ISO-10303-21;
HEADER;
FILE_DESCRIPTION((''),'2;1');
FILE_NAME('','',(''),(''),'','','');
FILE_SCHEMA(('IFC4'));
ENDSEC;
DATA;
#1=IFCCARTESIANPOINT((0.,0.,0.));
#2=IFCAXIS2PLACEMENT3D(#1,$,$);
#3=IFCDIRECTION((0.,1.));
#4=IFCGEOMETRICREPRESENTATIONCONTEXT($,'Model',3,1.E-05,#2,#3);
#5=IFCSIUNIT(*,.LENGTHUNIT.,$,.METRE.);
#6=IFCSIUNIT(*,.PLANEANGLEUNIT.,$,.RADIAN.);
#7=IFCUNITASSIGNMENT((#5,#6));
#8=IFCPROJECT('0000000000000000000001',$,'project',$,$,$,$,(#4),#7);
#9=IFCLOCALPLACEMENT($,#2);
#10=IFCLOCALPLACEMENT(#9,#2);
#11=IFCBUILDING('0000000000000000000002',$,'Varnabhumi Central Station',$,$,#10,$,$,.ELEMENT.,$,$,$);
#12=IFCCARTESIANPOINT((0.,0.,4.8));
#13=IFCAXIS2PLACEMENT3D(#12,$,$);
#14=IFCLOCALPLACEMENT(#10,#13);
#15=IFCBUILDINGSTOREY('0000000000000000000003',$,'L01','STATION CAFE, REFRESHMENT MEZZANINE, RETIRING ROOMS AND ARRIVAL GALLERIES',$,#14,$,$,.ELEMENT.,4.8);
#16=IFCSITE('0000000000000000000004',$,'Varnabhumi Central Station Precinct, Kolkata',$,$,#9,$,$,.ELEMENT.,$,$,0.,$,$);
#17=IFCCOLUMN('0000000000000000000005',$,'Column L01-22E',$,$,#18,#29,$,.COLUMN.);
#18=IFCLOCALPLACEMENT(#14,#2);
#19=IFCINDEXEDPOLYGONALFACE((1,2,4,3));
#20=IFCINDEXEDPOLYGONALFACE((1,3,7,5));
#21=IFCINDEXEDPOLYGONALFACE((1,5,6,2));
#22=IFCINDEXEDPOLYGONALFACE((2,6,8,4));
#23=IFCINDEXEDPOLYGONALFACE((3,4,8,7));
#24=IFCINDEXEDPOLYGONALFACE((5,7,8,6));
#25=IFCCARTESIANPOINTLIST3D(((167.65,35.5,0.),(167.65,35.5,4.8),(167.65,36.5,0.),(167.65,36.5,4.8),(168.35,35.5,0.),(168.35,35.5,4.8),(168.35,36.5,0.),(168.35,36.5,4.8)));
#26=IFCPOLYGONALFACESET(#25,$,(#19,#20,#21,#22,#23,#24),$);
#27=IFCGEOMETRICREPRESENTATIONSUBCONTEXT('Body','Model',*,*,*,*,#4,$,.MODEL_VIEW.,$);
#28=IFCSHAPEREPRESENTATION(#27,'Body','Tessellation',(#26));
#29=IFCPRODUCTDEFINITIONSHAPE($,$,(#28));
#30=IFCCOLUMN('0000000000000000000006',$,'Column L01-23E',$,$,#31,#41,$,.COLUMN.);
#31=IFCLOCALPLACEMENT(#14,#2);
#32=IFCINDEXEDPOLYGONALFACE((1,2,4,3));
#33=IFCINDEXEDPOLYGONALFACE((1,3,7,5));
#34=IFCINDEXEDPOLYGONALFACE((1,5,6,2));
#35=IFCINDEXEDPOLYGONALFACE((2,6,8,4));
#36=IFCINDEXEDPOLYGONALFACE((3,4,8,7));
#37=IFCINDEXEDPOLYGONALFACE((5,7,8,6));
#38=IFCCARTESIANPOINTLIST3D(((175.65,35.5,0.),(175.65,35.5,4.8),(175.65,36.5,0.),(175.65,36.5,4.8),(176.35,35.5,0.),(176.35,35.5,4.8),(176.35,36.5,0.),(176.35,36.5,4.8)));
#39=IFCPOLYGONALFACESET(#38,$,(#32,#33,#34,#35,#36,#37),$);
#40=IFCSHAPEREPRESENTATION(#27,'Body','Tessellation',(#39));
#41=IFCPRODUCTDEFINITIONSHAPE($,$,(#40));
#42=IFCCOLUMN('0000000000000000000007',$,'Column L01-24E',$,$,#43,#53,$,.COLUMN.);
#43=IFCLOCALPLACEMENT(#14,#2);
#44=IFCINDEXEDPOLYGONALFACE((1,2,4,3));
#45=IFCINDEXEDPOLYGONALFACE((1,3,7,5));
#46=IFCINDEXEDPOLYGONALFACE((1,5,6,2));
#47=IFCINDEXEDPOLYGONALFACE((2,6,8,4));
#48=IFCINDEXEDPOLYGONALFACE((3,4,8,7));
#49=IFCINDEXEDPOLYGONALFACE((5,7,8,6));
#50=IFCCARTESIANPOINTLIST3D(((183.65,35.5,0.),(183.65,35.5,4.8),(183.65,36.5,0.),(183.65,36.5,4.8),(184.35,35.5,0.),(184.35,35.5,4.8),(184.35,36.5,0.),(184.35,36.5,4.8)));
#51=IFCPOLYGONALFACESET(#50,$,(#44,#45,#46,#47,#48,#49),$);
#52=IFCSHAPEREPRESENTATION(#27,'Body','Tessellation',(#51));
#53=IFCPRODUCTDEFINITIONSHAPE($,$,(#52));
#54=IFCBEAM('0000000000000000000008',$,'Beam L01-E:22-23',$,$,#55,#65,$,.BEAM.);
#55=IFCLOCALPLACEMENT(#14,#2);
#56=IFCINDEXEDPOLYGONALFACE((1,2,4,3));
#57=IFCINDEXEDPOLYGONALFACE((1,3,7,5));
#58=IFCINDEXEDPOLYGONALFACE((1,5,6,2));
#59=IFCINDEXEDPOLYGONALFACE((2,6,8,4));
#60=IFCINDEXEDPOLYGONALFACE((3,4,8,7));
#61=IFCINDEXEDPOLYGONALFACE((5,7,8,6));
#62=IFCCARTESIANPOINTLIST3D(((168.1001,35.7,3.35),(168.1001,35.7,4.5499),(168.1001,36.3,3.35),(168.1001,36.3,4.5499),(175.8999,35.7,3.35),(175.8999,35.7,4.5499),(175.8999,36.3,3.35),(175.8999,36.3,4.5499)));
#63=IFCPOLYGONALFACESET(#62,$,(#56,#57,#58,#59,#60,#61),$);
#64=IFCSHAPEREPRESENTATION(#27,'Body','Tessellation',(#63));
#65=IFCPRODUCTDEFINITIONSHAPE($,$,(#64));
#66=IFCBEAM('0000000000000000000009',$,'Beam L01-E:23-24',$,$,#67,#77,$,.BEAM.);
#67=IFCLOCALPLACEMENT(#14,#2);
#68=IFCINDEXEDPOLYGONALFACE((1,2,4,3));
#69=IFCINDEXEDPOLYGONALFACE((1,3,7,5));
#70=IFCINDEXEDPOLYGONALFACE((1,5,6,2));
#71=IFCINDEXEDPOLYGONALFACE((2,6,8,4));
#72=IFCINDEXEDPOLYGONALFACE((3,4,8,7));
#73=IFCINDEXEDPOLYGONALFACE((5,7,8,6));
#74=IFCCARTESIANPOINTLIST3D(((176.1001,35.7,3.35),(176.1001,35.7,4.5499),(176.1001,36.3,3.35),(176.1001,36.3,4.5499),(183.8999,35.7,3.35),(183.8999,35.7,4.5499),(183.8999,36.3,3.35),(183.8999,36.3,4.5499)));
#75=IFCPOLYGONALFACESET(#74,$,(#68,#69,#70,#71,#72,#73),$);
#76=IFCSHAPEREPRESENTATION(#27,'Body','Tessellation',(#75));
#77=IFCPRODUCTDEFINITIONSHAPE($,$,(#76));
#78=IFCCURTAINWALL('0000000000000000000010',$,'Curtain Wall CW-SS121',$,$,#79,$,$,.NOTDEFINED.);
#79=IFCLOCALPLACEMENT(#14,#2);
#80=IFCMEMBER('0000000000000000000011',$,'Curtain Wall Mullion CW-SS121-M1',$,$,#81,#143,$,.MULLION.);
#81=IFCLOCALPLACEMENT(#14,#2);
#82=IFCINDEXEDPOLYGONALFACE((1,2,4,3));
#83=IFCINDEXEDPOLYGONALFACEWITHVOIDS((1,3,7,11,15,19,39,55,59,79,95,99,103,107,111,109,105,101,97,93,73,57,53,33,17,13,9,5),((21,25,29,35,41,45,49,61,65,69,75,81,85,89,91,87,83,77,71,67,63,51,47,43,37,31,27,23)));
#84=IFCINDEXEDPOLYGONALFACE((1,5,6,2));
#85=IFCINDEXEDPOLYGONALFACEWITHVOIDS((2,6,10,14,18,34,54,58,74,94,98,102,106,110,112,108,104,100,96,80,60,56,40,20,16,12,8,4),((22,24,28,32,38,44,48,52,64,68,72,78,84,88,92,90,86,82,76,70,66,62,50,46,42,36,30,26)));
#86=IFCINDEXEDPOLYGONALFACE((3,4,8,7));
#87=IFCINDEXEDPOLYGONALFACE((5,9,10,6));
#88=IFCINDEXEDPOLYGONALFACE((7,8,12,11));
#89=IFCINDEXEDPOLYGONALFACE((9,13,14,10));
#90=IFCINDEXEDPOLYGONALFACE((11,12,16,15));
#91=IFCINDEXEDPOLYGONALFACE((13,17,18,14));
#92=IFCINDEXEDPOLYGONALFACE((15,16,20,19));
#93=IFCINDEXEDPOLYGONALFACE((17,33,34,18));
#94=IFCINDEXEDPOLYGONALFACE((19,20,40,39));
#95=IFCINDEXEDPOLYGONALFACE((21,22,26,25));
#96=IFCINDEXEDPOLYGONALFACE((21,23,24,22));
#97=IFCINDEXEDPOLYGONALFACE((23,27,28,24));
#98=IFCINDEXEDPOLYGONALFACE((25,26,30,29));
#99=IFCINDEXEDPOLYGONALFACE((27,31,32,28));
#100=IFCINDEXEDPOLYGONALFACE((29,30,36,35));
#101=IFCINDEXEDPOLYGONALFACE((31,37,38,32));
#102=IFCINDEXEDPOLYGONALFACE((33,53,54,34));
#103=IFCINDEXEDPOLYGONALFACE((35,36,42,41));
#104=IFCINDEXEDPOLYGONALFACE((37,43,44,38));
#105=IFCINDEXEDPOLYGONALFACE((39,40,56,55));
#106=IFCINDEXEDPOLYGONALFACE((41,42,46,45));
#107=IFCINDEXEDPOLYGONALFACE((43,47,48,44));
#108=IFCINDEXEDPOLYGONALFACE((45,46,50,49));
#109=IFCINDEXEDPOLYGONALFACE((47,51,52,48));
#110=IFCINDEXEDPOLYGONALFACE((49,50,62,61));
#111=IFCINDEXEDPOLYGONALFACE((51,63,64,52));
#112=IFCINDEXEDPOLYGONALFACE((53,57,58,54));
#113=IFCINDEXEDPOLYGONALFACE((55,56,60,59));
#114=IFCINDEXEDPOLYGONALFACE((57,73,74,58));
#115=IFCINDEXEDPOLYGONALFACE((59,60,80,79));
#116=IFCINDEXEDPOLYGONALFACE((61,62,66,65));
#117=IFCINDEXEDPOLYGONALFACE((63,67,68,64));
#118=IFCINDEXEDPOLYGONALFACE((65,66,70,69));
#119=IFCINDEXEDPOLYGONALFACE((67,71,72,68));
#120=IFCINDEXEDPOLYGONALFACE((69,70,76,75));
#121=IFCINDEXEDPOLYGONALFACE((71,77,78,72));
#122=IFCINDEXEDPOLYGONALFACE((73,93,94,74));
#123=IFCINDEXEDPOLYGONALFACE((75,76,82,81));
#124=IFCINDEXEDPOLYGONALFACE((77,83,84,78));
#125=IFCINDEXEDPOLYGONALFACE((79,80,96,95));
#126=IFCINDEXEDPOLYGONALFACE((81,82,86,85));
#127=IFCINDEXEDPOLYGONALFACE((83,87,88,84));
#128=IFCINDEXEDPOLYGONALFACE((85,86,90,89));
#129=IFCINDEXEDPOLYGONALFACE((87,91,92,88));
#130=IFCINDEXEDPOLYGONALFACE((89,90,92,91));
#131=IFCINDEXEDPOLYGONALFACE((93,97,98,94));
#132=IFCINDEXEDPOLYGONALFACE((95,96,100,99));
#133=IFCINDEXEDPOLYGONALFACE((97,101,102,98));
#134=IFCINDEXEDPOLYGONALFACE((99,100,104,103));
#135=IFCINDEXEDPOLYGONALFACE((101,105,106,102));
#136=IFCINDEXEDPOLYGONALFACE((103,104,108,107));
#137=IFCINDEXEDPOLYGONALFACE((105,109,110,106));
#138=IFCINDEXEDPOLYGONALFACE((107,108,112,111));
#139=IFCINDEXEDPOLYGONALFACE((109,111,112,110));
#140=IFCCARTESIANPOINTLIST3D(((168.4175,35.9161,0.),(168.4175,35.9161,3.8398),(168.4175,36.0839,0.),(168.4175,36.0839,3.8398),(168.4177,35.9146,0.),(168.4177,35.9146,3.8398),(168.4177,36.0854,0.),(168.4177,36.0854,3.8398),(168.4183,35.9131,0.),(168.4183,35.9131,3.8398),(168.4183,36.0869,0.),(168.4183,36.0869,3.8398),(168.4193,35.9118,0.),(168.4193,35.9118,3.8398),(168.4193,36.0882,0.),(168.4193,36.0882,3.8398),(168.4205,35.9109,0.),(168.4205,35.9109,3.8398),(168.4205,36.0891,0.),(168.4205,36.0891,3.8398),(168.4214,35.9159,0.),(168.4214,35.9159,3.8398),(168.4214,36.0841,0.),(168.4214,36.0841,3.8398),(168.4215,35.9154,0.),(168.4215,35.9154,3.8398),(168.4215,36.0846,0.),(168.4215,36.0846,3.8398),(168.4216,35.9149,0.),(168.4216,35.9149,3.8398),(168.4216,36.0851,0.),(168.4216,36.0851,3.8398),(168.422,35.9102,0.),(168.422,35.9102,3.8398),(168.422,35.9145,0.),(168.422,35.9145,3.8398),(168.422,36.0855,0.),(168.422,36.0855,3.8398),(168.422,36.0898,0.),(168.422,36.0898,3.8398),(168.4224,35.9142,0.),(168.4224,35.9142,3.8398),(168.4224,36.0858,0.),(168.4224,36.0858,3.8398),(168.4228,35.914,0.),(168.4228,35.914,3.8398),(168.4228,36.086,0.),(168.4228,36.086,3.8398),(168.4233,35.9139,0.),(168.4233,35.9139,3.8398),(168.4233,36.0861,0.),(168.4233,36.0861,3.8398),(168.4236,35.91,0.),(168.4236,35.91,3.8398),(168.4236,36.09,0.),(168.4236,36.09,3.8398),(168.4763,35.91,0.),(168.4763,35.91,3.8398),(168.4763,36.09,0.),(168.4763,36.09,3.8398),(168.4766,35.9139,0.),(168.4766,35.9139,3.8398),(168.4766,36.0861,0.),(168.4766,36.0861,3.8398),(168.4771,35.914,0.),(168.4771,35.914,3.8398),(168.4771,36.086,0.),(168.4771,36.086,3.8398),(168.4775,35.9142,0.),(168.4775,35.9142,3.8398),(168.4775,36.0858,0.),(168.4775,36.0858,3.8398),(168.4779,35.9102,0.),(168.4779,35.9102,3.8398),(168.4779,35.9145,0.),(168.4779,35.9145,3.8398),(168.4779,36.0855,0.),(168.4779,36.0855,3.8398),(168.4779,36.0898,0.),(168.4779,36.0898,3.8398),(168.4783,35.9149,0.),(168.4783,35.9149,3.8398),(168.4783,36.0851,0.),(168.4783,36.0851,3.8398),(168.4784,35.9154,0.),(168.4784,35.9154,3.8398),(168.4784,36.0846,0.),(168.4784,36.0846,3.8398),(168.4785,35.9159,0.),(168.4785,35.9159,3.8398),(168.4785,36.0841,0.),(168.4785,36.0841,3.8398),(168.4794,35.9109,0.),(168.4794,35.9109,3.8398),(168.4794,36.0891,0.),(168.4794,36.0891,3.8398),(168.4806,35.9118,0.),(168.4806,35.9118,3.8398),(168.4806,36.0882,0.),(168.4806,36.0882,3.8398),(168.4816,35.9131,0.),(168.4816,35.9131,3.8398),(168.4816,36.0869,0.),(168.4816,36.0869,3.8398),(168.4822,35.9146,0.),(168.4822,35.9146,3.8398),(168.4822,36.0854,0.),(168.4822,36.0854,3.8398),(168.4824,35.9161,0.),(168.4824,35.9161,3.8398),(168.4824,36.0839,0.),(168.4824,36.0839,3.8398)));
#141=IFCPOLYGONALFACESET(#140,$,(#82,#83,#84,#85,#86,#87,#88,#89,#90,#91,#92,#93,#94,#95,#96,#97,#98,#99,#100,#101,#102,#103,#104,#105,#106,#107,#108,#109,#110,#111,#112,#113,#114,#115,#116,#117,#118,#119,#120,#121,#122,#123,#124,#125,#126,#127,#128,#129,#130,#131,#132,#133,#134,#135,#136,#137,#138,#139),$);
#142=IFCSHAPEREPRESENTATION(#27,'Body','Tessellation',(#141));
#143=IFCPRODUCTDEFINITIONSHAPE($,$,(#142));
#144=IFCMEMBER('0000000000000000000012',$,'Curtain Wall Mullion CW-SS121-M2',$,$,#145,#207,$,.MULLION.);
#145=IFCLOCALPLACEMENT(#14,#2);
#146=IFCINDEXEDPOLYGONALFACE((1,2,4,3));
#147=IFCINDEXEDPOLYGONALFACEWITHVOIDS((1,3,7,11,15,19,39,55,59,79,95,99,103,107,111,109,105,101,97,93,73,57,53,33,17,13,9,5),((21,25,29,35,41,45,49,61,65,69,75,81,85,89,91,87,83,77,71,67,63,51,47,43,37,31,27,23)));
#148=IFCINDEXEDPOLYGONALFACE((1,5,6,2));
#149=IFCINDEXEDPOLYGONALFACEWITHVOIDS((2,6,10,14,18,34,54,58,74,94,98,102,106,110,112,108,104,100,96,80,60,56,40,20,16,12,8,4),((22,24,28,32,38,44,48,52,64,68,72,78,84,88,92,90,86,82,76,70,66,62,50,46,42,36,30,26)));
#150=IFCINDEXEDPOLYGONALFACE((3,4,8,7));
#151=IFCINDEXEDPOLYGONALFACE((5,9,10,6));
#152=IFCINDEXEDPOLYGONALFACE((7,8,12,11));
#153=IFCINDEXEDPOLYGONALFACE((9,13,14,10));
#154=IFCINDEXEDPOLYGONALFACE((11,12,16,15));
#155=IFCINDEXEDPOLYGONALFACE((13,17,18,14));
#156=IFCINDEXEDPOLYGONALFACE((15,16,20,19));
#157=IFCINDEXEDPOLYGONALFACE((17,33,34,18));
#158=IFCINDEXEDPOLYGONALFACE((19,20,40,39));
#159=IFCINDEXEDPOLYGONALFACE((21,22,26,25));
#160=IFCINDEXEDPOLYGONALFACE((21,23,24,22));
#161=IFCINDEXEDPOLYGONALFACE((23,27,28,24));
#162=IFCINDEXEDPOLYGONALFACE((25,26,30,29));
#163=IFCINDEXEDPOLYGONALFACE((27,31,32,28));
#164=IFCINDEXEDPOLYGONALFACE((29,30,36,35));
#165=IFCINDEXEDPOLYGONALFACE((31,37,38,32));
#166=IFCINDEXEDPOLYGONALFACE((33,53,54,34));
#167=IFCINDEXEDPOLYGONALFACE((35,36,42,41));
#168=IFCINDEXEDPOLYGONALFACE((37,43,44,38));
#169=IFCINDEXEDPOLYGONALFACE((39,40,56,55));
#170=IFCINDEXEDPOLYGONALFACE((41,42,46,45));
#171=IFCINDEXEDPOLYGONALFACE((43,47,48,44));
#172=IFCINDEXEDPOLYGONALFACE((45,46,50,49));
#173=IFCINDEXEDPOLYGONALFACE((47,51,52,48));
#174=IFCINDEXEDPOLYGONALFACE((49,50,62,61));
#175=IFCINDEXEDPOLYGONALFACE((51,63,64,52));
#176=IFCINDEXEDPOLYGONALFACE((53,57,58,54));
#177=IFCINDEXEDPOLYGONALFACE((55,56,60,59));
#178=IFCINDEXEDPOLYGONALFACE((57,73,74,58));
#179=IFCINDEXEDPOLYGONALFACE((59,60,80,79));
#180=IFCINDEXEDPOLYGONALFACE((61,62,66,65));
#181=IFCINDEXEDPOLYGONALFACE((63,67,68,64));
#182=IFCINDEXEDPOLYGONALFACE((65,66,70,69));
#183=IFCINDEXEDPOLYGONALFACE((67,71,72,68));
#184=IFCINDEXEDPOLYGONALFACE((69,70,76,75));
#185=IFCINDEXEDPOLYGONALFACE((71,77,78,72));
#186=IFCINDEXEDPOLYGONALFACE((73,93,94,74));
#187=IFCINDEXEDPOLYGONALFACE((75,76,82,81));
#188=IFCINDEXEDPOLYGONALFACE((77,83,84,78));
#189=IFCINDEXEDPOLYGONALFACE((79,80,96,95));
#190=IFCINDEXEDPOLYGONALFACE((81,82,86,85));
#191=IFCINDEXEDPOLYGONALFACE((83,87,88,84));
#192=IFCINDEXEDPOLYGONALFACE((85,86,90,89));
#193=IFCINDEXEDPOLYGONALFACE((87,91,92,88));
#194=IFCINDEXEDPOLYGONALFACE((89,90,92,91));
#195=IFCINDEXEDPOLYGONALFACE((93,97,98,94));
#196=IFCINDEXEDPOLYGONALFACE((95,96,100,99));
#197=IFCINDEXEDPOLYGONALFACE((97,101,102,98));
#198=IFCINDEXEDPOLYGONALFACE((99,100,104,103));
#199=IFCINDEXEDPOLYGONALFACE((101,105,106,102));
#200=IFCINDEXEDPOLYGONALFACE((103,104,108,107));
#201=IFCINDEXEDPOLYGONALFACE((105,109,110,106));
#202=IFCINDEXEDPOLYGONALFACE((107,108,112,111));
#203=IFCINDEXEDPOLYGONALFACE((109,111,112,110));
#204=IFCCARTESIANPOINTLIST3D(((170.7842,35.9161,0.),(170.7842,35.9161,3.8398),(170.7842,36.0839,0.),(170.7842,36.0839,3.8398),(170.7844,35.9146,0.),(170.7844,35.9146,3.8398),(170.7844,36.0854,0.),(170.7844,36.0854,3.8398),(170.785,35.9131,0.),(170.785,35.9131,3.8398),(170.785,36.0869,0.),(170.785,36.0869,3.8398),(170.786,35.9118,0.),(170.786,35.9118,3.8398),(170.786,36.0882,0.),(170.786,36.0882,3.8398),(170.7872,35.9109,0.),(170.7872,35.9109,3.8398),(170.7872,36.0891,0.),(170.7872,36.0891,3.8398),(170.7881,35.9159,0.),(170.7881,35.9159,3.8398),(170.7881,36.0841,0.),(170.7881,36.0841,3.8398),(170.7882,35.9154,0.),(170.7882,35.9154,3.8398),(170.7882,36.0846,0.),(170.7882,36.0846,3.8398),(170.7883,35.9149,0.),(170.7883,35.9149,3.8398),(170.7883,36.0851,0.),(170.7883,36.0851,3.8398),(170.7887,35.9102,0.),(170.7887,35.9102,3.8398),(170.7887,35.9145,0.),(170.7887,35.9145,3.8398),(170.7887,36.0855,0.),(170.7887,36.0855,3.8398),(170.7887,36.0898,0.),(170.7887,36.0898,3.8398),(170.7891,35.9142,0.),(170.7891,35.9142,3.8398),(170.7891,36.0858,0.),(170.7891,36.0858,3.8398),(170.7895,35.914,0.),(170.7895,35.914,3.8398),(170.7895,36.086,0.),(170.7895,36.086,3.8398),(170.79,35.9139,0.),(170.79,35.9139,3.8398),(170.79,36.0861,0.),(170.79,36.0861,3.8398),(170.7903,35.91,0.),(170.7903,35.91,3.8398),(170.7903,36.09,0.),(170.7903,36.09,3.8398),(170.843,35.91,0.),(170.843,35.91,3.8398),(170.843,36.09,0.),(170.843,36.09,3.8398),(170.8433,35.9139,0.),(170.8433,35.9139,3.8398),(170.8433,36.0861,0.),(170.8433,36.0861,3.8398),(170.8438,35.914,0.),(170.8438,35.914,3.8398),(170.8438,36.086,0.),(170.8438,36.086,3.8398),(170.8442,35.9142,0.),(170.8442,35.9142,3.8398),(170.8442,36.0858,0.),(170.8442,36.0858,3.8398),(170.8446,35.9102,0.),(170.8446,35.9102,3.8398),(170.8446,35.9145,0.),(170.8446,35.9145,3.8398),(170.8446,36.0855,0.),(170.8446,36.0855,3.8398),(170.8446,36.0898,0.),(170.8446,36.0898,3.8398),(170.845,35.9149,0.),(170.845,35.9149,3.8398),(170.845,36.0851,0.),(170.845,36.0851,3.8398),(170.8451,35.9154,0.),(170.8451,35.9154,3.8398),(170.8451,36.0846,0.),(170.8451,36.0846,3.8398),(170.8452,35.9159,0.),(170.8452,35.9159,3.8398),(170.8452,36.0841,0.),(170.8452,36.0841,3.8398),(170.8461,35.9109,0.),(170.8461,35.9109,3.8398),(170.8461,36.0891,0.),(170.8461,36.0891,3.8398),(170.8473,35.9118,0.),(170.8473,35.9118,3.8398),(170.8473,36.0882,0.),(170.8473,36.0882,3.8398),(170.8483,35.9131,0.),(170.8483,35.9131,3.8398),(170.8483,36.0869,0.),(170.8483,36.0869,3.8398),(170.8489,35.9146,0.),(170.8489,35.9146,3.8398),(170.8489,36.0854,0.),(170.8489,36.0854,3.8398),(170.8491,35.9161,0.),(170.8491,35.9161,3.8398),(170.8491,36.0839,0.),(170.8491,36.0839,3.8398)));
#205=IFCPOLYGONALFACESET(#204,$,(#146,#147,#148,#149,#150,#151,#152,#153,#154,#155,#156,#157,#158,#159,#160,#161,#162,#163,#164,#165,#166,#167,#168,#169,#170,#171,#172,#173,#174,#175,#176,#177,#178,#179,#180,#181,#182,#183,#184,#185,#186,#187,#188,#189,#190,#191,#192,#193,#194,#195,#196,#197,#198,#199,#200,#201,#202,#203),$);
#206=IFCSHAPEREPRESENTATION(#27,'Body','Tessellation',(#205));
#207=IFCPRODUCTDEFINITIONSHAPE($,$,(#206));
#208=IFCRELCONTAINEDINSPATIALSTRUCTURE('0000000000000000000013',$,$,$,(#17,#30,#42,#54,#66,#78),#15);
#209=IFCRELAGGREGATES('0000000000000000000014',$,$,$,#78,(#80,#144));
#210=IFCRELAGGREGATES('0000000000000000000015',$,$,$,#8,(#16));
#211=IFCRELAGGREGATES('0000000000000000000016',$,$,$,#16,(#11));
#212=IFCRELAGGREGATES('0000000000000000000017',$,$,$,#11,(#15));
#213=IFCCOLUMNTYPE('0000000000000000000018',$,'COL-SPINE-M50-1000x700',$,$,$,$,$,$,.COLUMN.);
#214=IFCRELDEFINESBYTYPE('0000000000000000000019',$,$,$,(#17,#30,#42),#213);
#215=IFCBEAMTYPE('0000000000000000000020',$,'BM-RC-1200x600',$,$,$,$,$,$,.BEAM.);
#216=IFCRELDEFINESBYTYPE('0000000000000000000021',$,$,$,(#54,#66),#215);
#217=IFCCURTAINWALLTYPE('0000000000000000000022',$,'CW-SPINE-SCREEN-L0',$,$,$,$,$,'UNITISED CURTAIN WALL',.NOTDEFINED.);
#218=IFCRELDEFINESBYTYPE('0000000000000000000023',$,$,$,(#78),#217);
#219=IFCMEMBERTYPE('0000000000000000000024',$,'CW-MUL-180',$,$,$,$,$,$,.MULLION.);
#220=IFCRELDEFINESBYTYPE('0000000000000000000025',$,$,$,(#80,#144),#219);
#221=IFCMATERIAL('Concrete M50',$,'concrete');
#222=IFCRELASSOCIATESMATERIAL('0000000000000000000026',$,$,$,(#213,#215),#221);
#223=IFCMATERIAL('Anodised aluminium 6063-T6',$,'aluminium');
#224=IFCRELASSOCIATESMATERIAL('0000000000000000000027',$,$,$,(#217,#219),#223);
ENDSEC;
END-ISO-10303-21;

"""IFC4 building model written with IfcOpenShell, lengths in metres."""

from ifc_helpers import new_model, si_unit, direction, frame, origin, origin_2d, place, context, subcontext, project, spatial, rectangle, hollow_rectangle, extrude, material, material_profile, profile_set, type_object, element, aggregate, save


model = new_model("IFC4")

# Units and contexts
model_context = context("Model", 3, precision=1e-05, world=origin(), true_north=direction((0.0, 1.0)))
body_context = subcontext(model_context, "Body", "Model", "MODEL_VIEW")
ifc_project = project(units=[si_unit("LENGTHUNIT", "METRE"), si_unit("PLANEANGLEUNIT", "RADIAN")], contexts=[model_context])

# Site, building, storey
site_placement = place(None, origin())
site = spatial("IfcSite", under=ifc_project, at=site_placement, Name="Varnabhumi Central Station Precinct, Kolkata", CompositionType="ELEMENT", RefElevation=0.0)
building_placement = place(site_placement, origin())
building = spatial("IfcBuilding", under=site, at=building_placement, Name="Varnabhumi Central Station", CompositionType="ELEMENT")
storey_placement = place(building_placement, frame((0.0, 0.0, 4.8)))
storey = spatial("IfcBuildingStorey", under=building, at=storey_placement, Name="L01", Description="STATION CAFE, REFRESHMENT MEZZANINE, RETIRING ROOMS AND ARRIVAL GALLERIES", CompositionType="ELEMENT", Elevation=4.8)

# Columns
ifc_material_1 = material(Name="Concrete M50", Category="concrete")
ifc_material_profile_1 = material_profile(ifc_material_1, rectangle(XDim=0.7, YDim=1.0, at=origin_2d()), Name="Concrete M50", Category="concrete")
ifc_profile_set_1 = profile_set([ifc_material_profile_1], Name="Concrete M50")
column_type = type_object("IfcColumnType", Name="COL-SPINE-M50-1000x700", PredefinedType="COLUMN", material=ifc_profile_set_1)
for number, where, z_axis, x_axis, name in (
    (1, (168.0, 36.0, 0.0), (0.0, 0.0, 1.0), (1.0, 0.0, 0.0), "Column L01-22E"),
    (2, (176.0, 36.0, 0.0), (0.0, 0.0, 1.0), (1.0, 0.0, 0.0), "Column L01-23E"),
    (3, (184.0, 36.0, 0.0), (0.0, 0.0, 1.0), (1.0, 0.0, 0.0), "Column L01-24E"),
):
    element("IfcColumn", number, at=place(storey_placement, frame(where, z_axis=z_axis, x_axis=x_axis)), inside=storey, type_object=column_type, Name=name, PredefinedType="COLUMN", context=body_context, shape_type="SweptSolid", body=[
        extrude(rectangle(XDim=0.7, YDim=1.0, at=origin_2d()), origin(), (0.0, 0.0, 1.0), 4.8),
    ])

# Beams
ifc_material_profile_2 = material_profile(ifc_material_1, rectangle(XDim=0.6001, YDim=1.2, at=origin_2d()), Name="Concrete M50", Category="concrete")
ifc_profile_set_2 = profile_set([ifc_material_profile_2], Name="Concrete M50")
beam_type = type_object("IfcBeamType", Name="BM-RC-1200x600", PredefinedType="BEAM", material=ifc_profile_set_2)
for number, where, z_axis, x_axis, name in (
    (4, (168.1001, 36.0, 3.95), (1.0, 0.0, 0.0), (0.0, 1.0, 0.0), "Beam L01-E:22-23"),
    (5, (176.1001, 36.0, 3.95), (1.0, 0.0, 0.0), (0.0, 1.0, 0.0), "Beam L01-E:23-24"),
):
    element("IfcBeam", number, at=place(storey_placement, frame(where, z_axis=z_axis, x_axis=x_axis)), inside=storey, type_object=beam_type, Name=name, PredefinedType="BEAM", context=body_context, shape_type="SweptSolid", body=[
        extrude(rectangle(XDim=0.6001, YDim=1.2, at=origin_2d()), origin(), (0.0, 0.0, 1.0), 7.7998),
    ])

# Curtain wall, members
ifc_material_2 = material(Name="Anodised aluminium 6063-T6", Category="aluminium")
curtain_wall_type = type_object("IfcCurtainWallType", Name="CW-SPINE-SCREEN-L0", ElementType="UNITISED CURTAIN WALL", PredefinedType="NOTDEFINED", material=ifc_material_2)
curtain_wall_placement = place(storey_placement, origin())
curtain_wall = element("IfcCurtainWall", 6, at=curtain_wall_placement, inside=storey, type_object=curtain_wall_type, Name="Curtain Wall CW-SS121", PredefinedType="NOTDEFINED")
ifc_material_profile_3 = material_profile(ifc_material_2, hollow_rectangle(XDim=0.0649, YDim=0.1799, WallThickness=0.0039, InnerFilletRadius=0.002, OuterFilletRadius=0.0061, at=origin_2d()), Name="Anodised aluminium 6063-T6", Category="aluminium")
ifc_profile_set_3 = profile_set([ifc_material_profile_3], Name="Anodised aluminium 6063-T6")
member_type_1 = type_object("IfcMemberType", Name="CW-MUL-180", PredefinedType="MULLION", material=ifc_profile_set_3)
member_1_placement = place(storey_placement, frame((168.45, 36.0, 0.0), z_axis=(0.0, 0.0, 1.0), x_axis=(1.0, 0.0, 0.0)))
member_1 = element("IfcMember", 7, at=member_1_placement, type_object=member_type_1, Name="Curtain Wall Mullion CW-SS121-M1", PredefinedType="MULLION", context=body_context, shape_type="SweptSolid", body=[
    extrude(hollow_rectangle(XDim=0.0649, YDim=0.1799, WallThickness=0.0039, InnerFilletRadius=0.002, OuterFilletRadius=0.0061, at=origin_2d()), origin(), (0.0, 0.0, 1.0), 3.8398),
])
member_2_placement = place(storey_placement, frame((170.8167, 36.0, 0.0), z_axis=(0.0, 0.0, 1.0), x_axis=(1.0, 0.0, 0.0)))
member_2 = element("IfcMember", 8, at=member_2_placement, type_object=member_type_1, Name="Curtain Wall Mullion CW-SS121-M2", PredefinedType="MULLION", context=body_context, shape_type="SweptSolid", body=[
    extrude(hollow_rectangle(XDim=0.0649, YDim=0.1799, WallThickness=0.0039, InnerFilletRadius=0.002, OuterFilletRadius=0.0061, at=origin_2d()), origin(), (0.0, 0.0, 1.0), 3.8398),
])
aggregate(curtain_wall, [member_1, member_2])

save(model, "model.ifc")
